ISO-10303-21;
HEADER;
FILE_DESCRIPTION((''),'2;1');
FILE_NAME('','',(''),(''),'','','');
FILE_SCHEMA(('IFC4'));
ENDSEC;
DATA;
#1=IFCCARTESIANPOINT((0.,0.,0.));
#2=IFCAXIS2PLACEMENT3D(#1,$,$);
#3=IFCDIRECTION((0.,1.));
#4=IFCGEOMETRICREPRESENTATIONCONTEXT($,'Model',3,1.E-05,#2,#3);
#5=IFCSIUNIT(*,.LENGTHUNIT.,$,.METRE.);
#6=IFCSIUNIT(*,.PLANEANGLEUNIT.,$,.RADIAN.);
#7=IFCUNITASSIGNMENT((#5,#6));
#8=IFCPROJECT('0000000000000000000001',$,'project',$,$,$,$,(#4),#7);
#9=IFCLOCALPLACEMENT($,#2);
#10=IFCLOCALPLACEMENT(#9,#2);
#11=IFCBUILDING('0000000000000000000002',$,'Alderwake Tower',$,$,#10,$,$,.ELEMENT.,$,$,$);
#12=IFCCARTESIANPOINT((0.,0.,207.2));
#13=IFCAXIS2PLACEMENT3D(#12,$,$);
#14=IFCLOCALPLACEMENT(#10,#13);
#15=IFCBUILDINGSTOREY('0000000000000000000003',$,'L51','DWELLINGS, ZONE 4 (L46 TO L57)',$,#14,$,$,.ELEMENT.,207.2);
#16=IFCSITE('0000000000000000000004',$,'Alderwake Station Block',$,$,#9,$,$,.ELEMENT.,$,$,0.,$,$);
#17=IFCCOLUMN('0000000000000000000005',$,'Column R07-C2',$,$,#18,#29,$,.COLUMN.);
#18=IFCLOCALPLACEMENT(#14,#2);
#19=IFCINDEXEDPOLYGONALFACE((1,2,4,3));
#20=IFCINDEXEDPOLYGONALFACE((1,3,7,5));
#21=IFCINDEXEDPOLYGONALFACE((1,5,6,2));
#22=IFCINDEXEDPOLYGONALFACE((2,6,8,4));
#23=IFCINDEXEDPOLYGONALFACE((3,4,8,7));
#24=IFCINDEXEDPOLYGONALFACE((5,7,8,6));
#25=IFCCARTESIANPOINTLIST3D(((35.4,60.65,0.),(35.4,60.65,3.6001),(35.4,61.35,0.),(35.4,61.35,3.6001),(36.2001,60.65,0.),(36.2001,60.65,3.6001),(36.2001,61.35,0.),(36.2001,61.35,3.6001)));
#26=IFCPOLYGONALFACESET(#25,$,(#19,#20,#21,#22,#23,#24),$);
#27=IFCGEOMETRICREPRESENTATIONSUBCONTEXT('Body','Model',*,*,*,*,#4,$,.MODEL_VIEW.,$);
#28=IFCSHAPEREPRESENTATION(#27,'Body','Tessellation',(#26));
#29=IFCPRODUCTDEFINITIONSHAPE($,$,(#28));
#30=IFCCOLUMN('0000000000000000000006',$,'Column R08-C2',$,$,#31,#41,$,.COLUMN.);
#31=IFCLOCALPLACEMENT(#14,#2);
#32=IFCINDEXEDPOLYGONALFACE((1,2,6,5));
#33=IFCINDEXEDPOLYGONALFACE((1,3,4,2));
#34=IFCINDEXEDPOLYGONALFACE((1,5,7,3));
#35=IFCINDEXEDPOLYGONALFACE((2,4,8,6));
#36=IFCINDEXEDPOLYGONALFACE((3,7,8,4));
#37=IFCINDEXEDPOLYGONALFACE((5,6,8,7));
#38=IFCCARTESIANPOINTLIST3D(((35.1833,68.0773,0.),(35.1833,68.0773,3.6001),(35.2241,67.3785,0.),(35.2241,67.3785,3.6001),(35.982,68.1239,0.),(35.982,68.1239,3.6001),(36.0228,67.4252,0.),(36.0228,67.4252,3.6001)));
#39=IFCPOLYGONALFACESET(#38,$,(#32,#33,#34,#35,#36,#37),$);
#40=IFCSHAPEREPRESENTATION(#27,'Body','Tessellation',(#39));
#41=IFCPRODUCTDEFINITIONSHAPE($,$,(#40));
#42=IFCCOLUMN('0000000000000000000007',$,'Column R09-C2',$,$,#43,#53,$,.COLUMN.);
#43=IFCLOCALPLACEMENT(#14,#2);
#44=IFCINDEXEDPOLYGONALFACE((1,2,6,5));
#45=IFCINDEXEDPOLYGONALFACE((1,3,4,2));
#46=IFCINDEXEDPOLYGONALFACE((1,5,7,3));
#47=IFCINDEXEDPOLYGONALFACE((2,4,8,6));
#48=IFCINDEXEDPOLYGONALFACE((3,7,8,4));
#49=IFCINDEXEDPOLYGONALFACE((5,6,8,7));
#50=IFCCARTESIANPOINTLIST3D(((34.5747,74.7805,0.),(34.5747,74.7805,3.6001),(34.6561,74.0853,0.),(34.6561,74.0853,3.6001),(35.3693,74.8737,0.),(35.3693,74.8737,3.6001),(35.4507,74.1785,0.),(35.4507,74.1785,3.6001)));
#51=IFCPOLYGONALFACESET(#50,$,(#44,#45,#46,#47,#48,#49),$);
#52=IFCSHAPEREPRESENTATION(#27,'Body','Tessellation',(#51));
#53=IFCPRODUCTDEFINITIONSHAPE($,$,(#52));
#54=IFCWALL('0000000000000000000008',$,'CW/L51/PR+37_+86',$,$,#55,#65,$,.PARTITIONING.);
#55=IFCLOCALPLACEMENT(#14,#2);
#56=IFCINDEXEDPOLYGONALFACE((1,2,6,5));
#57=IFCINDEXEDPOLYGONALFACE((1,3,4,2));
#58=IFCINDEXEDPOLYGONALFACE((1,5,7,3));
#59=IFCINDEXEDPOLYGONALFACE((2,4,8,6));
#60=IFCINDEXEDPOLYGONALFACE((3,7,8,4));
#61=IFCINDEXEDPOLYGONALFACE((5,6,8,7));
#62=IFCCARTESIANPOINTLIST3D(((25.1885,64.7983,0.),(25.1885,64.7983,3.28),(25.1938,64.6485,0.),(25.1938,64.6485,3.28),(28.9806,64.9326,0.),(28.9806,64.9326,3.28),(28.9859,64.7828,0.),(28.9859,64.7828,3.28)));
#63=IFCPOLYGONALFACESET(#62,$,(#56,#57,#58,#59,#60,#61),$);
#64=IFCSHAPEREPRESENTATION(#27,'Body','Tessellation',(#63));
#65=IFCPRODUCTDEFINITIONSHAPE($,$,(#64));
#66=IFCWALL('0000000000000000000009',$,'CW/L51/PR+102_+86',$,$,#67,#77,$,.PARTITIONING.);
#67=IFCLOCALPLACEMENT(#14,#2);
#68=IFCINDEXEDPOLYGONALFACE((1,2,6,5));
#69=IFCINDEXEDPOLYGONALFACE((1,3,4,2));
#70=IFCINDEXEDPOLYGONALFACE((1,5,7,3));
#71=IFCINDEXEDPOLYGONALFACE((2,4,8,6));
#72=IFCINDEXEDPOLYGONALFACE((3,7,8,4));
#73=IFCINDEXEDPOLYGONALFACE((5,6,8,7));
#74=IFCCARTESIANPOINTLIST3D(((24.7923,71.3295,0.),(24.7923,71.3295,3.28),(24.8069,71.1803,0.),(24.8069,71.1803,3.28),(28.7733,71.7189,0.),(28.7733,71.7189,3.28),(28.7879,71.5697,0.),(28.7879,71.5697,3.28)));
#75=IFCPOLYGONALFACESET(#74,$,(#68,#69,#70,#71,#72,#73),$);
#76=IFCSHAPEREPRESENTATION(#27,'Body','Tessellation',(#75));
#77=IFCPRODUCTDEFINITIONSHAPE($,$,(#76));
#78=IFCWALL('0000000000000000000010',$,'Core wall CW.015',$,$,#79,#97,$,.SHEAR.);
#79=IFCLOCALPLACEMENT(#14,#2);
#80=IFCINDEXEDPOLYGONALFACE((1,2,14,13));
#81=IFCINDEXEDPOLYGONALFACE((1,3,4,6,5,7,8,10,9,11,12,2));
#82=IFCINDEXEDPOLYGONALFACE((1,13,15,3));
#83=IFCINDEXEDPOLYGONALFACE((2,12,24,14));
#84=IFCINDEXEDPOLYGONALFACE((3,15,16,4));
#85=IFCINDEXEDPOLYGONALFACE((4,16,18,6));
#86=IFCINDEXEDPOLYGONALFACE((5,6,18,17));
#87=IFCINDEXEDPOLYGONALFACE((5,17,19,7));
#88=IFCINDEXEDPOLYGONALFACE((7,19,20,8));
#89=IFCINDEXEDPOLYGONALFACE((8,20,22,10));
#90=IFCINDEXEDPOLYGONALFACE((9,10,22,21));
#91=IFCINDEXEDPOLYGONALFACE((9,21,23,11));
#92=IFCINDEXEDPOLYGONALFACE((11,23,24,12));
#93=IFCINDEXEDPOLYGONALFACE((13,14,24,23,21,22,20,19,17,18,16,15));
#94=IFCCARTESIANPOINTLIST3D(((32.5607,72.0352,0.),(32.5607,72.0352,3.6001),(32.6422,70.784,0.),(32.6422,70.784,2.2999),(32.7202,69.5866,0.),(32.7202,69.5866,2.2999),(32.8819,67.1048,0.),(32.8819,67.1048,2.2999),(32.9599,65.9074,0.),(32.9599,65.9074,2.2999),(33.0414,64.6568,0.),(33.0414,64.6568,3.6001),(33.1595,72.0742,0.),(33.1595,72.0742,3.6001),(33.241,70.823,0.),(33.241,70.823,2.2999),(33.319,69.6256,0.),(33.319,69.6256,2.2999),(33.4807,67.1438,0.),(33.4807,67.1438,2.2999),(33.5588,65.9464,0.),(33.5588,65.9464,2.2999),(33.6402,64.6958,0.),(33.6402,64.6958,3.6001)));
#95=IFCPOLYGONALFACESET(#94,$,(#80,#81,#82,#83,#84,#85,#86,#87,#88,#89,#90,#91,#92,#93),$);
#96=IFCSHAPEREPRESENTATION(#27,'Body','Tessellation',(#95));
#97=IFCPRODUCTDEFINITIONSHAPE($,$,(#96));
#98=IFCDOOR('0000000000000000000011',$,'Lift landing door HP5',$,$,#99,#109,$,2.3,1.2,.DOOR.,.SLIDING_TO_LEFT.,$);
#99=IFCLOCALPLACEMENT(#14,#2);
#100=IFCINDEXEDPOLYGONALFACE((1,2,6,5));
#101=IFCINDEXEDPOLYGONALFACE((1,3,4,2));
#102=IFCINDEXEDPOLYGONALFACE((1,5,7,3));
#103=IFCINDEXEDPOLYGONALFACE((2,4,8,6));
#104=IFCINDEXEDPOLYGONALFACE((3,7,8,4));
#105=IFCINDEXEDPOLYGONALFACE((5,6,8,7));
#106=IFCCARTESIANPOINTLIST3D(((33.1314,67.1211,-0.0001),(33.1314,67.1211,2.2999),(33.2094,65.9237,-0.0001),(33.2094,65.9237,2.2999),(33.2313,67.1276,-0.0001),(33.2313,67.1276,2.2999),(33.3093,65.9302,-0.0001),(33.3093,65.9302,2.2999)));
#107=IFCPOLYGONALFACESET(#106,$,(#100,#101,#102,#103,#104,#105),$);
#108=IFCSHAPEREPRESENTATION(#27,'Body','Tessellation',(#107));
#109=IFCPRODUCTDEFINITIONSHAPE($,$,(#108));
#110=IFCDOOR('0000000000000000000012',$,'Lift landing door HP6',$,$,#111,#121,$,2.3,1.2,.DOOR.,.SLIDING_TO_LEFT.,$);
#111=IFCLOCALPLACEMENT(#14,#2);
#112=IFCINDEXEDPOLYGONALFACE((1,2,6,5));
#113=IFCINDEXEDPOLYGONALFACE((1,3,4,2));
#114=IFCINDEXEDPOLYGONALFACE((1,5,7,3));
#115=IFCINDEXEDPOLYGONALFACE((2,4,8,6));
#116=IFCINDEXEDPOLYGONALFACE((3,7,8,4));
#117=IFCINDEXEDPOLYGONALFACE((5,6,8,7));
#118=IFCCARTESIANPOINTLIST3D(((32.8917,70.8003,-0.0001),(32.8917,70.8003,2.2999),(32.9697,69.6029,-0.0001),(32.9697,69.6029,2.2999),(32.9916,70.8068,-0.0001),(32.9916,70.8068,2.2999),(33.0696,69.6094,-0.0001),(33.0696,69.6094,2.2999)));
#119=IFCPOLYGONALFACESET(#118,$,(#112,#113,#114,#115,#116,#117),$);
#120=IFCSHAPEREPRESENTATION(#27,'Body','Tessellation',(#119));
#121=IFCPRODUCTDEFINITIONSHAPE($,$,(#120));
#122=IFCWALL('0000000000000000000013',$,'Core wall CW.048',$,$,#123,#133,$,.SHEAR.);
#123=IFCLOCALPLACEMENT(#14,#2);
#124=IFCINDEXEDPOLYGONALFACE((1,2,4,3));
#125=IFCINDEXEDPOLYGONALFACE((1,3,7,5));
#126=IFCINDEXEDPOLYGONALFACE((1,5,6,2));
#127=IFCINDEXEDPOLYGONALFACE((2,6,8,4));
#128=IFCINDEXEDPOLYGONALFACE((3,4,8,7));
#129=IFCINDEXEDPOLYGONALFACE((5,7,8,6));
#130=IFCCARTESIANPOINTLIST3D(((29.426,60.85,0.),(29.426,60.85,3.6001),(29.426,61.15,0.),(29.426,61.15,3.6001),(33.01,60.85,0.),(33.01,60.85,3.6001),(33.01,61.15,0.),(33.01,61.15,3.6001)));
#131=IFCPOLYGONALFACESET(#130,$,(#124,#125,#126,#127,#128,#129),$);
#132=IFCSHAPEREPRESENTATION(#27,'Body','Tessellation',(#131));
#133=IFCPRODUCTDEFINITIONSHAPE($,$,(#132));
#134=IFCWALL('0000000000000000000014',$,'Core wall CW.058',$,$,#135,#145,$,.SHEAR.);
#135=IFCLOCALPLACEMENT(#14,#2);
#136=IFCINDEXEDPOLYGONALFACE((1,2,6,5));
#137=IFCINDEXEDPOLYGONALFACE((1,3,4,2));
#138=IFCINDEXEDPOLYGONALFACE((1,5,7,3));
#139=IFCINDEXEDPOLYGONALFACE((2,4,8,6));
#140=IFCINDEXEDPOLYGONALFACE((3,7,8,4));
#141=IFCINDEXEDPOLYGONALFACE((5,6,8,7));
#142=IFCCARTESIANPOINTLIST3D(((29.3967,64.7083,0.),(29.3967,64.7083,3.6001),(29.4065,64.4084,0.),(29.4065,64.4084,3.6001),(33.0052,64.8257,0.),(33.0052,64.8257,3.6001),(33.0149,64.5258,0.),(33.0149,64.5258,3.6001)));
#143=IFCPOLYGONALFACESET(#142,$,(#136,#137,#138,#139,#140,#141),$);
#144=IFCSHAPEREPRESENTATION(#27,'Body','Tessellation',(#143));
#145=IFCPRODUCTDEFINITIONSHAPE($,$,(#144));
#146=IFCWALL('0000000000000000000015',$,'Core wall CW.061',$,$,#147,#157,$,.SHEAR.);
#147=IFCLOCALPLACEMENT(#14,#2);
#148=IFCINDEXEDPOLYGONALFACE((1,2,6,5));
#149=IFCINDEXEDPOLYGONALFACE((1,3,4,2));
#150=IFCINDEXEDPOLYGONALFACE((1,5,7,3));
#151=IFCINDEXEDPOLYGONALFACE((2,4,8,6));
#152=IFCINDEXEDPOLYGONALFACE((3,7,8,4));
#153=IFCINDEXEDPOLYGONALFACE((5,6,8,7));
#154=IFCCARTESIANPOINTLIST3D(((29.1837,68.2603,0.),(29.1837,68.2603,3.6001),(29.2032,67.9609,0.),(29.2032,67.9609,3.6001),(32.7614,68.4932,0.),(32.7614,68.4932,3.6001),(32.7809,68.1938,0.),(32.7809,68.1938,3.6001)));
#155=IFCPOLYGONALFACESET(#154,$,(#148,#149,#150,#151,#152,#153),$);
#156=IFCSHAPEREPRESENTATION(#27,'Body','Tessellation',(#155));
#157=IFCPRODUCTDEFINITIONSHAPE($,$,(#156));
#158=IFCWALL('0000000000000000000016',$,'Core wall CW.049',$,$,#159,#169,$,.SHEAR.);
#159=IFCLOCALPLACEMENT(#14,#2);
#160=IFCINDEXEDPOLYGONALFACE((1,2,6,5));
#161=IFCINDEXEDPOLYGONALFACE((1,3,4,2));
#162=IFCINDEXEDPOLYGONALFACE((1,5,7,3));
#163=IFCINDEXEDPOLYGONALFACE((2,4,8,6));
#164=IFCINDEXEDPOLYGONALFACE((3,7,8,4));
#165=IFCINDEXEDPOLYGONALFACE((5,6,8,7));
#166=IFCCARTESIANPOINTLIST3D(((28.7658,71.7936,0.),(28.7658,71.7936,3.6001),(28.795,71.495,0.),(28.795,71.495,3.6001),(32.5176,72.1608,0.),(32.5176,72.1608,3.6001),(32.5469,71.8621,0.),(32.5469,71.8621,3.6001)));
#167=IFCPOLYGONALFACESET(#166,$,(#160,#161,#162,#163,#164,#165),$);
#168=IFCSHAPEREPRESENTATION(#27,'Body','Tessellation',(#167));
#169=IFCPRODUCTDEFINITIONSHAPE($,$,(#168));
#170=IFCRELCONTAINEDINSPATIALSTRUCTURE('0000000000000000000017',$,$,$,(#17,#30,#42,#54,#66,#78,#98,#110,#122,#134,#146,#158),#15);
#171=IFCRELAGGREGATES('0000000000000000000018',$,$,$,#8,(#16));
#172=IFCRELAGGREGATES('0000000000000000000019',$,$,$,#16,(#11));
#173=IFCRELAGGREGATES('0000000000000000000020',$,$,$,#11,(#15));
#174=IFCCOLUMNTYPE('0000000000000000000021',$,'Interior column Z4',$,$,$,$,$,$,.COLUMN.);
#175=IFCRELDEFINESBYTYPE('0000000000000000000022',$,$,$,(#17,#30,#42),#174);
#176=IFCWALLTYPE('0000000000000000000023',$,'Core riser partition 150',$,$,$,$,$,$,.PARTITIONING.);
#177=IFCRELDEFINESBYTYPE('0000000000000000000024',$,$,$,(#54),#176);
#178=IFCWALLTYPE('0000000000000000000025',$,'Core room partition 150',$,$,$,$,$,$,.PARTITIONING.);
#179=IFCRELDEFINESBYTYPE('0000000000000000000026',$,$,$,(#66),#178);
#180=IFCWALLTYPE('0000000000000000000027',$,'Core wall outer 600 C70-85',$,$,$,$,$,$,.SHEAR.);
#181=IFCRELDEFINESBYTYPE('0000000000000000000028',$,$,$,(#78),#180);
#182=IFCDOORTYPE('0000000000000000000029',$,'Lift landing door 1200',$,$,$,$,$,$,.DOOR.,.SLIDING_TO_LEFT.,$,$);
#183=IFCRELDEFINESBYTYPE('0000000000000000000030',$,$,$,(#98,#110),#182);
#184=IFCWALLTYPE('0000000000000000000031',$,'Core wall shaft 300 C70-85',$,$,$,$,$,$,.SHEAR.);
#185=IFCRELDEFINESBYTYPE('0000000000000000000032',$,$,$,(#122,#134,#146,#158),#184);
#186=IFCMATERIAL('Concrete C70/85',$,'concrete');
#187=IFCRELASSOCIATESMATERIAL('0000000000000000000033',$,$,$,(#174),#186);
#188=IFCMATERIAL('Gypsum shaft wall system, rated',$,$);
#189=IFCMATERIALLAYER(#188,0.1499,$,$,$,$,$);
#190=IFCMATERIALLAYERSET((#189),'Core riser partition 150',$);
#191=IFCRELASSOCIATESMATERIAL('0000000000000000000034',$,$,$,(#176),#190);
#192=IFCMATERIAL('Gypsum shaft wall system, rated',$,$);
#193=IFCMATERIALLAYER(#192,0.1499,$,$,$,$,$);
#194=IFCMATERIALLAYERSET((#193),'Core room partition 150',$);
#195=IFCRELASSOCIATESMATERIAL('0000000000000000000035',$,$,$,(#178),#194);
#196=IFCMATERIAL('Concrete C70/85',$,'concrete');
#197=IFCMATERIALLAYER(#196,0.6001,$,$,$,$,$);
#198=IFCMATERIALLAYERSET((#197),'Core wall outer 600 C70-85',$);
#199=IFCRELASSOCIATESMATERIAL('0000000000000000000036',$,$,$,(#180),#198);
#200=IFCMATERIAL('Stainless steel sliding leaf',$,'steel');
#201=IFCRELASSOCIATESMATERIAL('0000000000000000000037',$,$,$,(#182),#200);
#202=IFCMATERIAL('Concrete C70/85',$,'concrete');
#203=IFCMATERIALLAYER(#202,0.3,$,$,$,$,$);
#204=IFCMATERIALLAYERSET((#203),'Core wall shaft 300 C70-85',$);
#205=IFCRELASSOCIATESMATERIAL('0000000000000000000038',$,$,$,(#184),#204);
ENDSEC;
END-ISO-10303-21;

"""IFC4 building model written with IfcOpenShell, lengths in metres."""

from ifc_helpers import new_model, si_unit, direction, frame, frame_2d, origin, origin_2d, place, context, subcontext, project, spatial, rectangle, extrude, material, layer, layer_set, material_profile, profile_set, type_object, element, fill, save


model = new_model("IFC4")

# Units and contexts
model_context = context("Model", 3, precision=1e-05, world=origin(), true_north=direction((0.0, 1.0)))
body_context = subcontext(model_context, "Body", "Model", "MODEL_VIEW")
ifc_project = project(units=[si_unit("LENGTHUNIT", "METRE"), si_unit("PLANEANGLEUNIT", "RADIAN")], contexts=[model_context])

# Site, building, storey
site_placement = place(None, origin())
site = spatial("IfcSite", under=ifc_project, at=site_placement, Name="Alderwake Station Block", CompositionType="ELEMENT", RefElevation=0.0)
building_placement = place(site_placement, origin())
building = spatial("IfcBuilding", under=site, at=building_placement, Name="Alderwake Tower", CompositionType="ELEMENT")
storey_placement = place(building_placement, frame((0.0, 0.0, 207.2)))
storey = spatial("IfcBuildingStorey", under=building, at=storey_placement, Name="L51", Description="DWELLINGS, ZONE 4 (L46 TO L57)", CompositionType="ELEMENT", Elevation=207.2)

# Columns
ifc_material_1 = material(Name="Concrete C70/85", Category="concrete")
ifc_material_profile = material_profile(ifc_material_1, rectangle(XDim=0.7, YDim=0.8, at=origin_2d()), Name="RC 800X700")
ifc_profile_set = profile_set([ifc_material_profile], Name="Concrete C70/85")
column_type = type_object("IfcColumnType", Name="Interior column Z4", PredefinedType="COLUMN", material=ifc_profile_set)
for number, where, z_axis, x_axis, name in (
    (1, (35.8, 61.0, 0.0), (0.0, 0.0, 1.0), (0.0, 1.0, 0.0), "Column R07-C2"),
    (2, (35.603, 67.7512, 0.0), (0.0, 0.0, 1.0), (-0.058301, 0.998299, 0.0), "Column R08-C2"),
    (3, (35.0127, 74.4795, 0.0), (0.0, 0.0, 1.0), (-0.116402, 0.993202, 0.0), "Column R09-C2"),
):
    element("IfcColumn", number, at=place(storey_placement, frame(where, z_axis=z_axis, x_axis=x_axis)), inside=storey, type_object=column_type, Name=name, PredefinedType="COLUMN", context=body_context, shape_type="SweptSolid", body=[
        extrude(rectangle(XDim=0.7, YDim=0.8, at=origin_2d()), origin(), (0.0, 0.0, 1.0), 3.6001),
    ])

# Walls
ifc_material_2 = material(Name="Gypsum shaft wall system, rated")
ifc_layer_1 = layer(ifc_material_2, 0.1499)
ifc_layer_set_1 = layer_set([ifc_layer_1], Name="Core riser partition 150")
wall_type_1 = type_object("IfcWallType", Name="Core riser partition 150", PredefinedType="PARTITIONING", material=ifc_layer_set_1)
wall_1_placement = place(storey_placement, frame((25.1912, 64.7234, 0.0), z_axis=(0.0, 0.0, 1.0), x_axis=(0.999374, 0.035389, 0.0)))
element("IfcWall", 4, at=wall_1_placement, inside=storey, type_object=wall_type_1, Name="CW/L51/PR+37_+86", PredefinedType="PARTITIONING", context=body_context, shape_type="SweptSolid", body=[
    extrude(rectangle(XDim=3.7944, YDim=0.1499, at=frame_2d((1.8972, 0.0))), origin(), (0.0, 0.0, 1.0), 3.28),
])
ifc_material_3 = material(Name="Gypsum shaft wall system, rated")
ifc_layer_2 = layer(ifc_material_3, 0.1499)
ifc_layer_set_2 = layer_set([ifc_layer_2], Name="Core room partition 150")
wall_type_2 = type_object("IfcWallType", Name="Core room partition 150", PredefinedType="PARTITIONING", material=ifc_layer_set_2)
wall_2_placement = place(storey_placement, frame((24.7996, 71.2549, 0.0), z_axis=(0.0, 0.0, 1.0), x_axis=(0.99525, 0.097352, 0.0)))
element("IfcWall", 5, at=wall_2_placement, inside=storey, type_object=wall_type_2, Name="CW/L51/PR+102_+86", PredefinedType="PARTITIONING", context=body_context, shape_type="SweptSolid", body=[
    extrude(rectangle(XDim=4.0, YDim=0.1499, at=frame_2d((2.0, 0.0))), origin(), (0.0, 0.0, 1.0), 3.28),
])

# Wall, openings, doors
ifc_material_4 = material(Name="Concrete C70/85", Category="concrete")
ifc_layer_3 = layer(ifc_material_4, 0.6001)
ifc_layer_set_3 = layer_set([ifc_layer_3], Name="Core wall outer 600 C70-85")
wall_type_3 = type_object("IfcWallType", Name="Core wall outer 600 C70-85", PredefinedType="SHEAR", material=ifc_layer_set_3)
wall_3_placement = place(storey_placement, frame((33.3408, 64.6763, 0.0), z_axis=(0.0, 0.0, 1.0), x_axis=(-0.065013, 0.997884, 0.0)))
wall_3 = element("IfcWall", 6, at=wall_3_placement, inside=storey, type_object=wall_type_3, Name="Core wall CW.015", PredefinedType="SHEAR", context=body_context, shape_type="SweptSolid", body=[
    extrude(rectangle(XDim=7.394, YDim=0.6001, at=frame_2d((3.697, 0.0))), origin(), (0.0, 0.0, 1.0), 3.6001),
])
opening_1_placement = place(wall_3_placement, frame((1.2532, 0.0, 0.0)))
opening_1 = element("IfcOpeningElement", 7, at=opening_1_placement, cuts=wall_3, PredefinedType="OPENING", context=body_context, shape_type="SweptSolid", body=[
    extrude(rectangle(XDim=1.2, YDim=2.3, at=frame_2d((0.6001, 1.1499))), frame((0.0, 0.3101, 0.0), z_axis=(0.0, -1.0, 0.0), x_axis=(1.0, 0.0, 0.0)), (0.0, 0.0, 1.0), 0.6201),
])
opening_2_placement = place(wall_3_placement, frame((4.9402, 0.0, 0.0)))
opening_2 = element("IfcOpeningElement", 8, at=opening_2_placement, cuts=wall_3, PredefinedType="OPENING", context=body_context, shape_type="SweptSolid", body=[
    extrude(rectangle(XDim=1.2, YDim=2.3, at=frame_2d((0.6001, 1.1499))), frame((0.0, 0.3101, 0.0), z_axis=(0.0, -1.0, 0.0), x_axis=(1.0, 0.0, 0.0)), (0.0, 0.0, 1.0), 0.6201),
])
ifc_material_5 = material(Name="Stainless steel sliding leaf", Category="steel")
door_type_1 = type_object("IfcDoorType", Name="Lift landing door 1200", OperationType="SLIDING_TO_LEFT", PredefinedType="DOOR", material=ifc_material_5)
door_1_placement = place(opening_1_placement, origin())
door_1 = element("IfcDoor", 9, at=door_1_placement, inside=storey, type_object=door_type_1, Name="Lift landing door HP5", OperationType="SLIDING_TO_LEFT", OverallHeight=2.3, OverallWidth=1.2, PredefinedType="DOOR", context=body_context, shape_type="SweptSolid", body=[
    extrude(rectangle(XDim=1.2, YDim=2.3, at=frame_2d((0.6001, 1.1499))), frame((0.0, 0.05, 0.0), z_axis=(0.0, -1.0, 0.0), x_axis=(1.0, 0.0, 0.0)), (0.0, 0.0, 1.0), 0.1001),
])
fill(opening_1, door_1)
door_2_placement = place(opening_2_placement, origin())
door_2 = element("IfcDoor", 10, at=door_2_placement, inside=storey, type_object=door_type_1, Name="Lift landing door HP6", OperationType="SLIDING_TO_LEFT", OverallHeight=2.3, OverallWidth=1.2, PredefinedType="DOOR", context=body_context, shape_type="SweptSolid", body=[
    extrude(rectangle(XDim=1.2, YDim=2.3, at=frame_2d((0.6001, 1.1499))), frame((0.0, 0.05, 0.0), z_axis=(0.0, -1.0, 0.0), x_axis=(1.0, 0.0, 0.0)), (0.0, 0.0, 1.0), 0.1001),
])
fill(opening_2, door_2)

# Walls
ifc_material_6 = material(Name="Concrete C70/85", Category="concrete")
ifc_layer_4 = layer(ifc_material_6, 0.3)
ifc_layer_set_4 = layer_set([ifc_layer_4], Name="Core wall shaft 300 C70-85")
wall_type_4 = type_object("IfcWallType", Name="Core wall shaft 300 C70-85", PredefinedType="SHEAR", material=ifc_layer_set_4)
wall_4_placement = place(storey_placement, frame((29.426, 61.0, 0.0), z_axis=(0.0, 0.0, 1.0), x_axis=(1.0, 0.0, 0.0)))
element("IfcWall", 11, at=wall_4_placement, inside=storey, type_object=wall_type_4, Name="Core wall CW.048", PredefinedType="SHEAR", context=body_context, shape_type="SweptSolid", body=[
    extrude(rectangle(XDim=3.584, YDim=0.3, at=frame_2d((1.792, 0.0))), origin(), (0.0, 0.0, 1.0), 3.6001),
])
wall_5_placement = place(storey_placement, frame((29.4016, 64.5583, 0.0), z_axis=(0.0, 0.0, 1.0), x_axis=(0.999471, 0.032527, 0.0)))
element("IfcWall", 12, at=wall_5_placement, inside=storey, type_object=wall_type_4, Name="Core wall CW.058", PredefinedType="SHEAR", context=body_context, shape_type="SweptSolid", body=[
    extrude(rectangle(XDim=3.6104, YDim=0.3, at=frame_2d((1.8052, 0.0))), origin(), (0.0, 0.0, 1.0), 3.6001),
])
wall_6_placement = place(storey_placement, frame((29.1936, 68.1106, 0.0), z_axis=(0.0, 0.0, 1.0), x_axis=(0.997888, 0.064964, 0.0)))
element("IfcWall", 13, at=wall_6_placement, inside=storey, type_object=wall_type_4, Name="Core wall CW.061", PredefinedType="SHEAR", context=body_context, shape_type="SweptSolid", body=[
    extrude(rectangle(XDim=3.5852, YDim=0.3, at=frame_2d((1.7925, 0.0))), origin(), (0.0, 0.0, 1.0), 3.6001),
])
wall_7_placement = place(storey_placement, frame((28.7805, 71.6443, 0.0), z_axis=(0.0, 0.0, 1.0), x_axis=(0.995245, 0.0974, 0.0)))
element("IfcWall", 14, at=wall_7_placement, inside=storey, type_object=wall_type_4, Name="Core wall CW.049", PredefinedType="SHEAR", context=body_context, shape_type="SweptSolid", body=[
    extrude(rectangle(XDim=3.7698, YDim=0.3, at=frame_2d((1.8848, 0.0))), origin(), (0.0, 0.0, 1.0), 3.6001),
])

save(model, "model.ifc")
